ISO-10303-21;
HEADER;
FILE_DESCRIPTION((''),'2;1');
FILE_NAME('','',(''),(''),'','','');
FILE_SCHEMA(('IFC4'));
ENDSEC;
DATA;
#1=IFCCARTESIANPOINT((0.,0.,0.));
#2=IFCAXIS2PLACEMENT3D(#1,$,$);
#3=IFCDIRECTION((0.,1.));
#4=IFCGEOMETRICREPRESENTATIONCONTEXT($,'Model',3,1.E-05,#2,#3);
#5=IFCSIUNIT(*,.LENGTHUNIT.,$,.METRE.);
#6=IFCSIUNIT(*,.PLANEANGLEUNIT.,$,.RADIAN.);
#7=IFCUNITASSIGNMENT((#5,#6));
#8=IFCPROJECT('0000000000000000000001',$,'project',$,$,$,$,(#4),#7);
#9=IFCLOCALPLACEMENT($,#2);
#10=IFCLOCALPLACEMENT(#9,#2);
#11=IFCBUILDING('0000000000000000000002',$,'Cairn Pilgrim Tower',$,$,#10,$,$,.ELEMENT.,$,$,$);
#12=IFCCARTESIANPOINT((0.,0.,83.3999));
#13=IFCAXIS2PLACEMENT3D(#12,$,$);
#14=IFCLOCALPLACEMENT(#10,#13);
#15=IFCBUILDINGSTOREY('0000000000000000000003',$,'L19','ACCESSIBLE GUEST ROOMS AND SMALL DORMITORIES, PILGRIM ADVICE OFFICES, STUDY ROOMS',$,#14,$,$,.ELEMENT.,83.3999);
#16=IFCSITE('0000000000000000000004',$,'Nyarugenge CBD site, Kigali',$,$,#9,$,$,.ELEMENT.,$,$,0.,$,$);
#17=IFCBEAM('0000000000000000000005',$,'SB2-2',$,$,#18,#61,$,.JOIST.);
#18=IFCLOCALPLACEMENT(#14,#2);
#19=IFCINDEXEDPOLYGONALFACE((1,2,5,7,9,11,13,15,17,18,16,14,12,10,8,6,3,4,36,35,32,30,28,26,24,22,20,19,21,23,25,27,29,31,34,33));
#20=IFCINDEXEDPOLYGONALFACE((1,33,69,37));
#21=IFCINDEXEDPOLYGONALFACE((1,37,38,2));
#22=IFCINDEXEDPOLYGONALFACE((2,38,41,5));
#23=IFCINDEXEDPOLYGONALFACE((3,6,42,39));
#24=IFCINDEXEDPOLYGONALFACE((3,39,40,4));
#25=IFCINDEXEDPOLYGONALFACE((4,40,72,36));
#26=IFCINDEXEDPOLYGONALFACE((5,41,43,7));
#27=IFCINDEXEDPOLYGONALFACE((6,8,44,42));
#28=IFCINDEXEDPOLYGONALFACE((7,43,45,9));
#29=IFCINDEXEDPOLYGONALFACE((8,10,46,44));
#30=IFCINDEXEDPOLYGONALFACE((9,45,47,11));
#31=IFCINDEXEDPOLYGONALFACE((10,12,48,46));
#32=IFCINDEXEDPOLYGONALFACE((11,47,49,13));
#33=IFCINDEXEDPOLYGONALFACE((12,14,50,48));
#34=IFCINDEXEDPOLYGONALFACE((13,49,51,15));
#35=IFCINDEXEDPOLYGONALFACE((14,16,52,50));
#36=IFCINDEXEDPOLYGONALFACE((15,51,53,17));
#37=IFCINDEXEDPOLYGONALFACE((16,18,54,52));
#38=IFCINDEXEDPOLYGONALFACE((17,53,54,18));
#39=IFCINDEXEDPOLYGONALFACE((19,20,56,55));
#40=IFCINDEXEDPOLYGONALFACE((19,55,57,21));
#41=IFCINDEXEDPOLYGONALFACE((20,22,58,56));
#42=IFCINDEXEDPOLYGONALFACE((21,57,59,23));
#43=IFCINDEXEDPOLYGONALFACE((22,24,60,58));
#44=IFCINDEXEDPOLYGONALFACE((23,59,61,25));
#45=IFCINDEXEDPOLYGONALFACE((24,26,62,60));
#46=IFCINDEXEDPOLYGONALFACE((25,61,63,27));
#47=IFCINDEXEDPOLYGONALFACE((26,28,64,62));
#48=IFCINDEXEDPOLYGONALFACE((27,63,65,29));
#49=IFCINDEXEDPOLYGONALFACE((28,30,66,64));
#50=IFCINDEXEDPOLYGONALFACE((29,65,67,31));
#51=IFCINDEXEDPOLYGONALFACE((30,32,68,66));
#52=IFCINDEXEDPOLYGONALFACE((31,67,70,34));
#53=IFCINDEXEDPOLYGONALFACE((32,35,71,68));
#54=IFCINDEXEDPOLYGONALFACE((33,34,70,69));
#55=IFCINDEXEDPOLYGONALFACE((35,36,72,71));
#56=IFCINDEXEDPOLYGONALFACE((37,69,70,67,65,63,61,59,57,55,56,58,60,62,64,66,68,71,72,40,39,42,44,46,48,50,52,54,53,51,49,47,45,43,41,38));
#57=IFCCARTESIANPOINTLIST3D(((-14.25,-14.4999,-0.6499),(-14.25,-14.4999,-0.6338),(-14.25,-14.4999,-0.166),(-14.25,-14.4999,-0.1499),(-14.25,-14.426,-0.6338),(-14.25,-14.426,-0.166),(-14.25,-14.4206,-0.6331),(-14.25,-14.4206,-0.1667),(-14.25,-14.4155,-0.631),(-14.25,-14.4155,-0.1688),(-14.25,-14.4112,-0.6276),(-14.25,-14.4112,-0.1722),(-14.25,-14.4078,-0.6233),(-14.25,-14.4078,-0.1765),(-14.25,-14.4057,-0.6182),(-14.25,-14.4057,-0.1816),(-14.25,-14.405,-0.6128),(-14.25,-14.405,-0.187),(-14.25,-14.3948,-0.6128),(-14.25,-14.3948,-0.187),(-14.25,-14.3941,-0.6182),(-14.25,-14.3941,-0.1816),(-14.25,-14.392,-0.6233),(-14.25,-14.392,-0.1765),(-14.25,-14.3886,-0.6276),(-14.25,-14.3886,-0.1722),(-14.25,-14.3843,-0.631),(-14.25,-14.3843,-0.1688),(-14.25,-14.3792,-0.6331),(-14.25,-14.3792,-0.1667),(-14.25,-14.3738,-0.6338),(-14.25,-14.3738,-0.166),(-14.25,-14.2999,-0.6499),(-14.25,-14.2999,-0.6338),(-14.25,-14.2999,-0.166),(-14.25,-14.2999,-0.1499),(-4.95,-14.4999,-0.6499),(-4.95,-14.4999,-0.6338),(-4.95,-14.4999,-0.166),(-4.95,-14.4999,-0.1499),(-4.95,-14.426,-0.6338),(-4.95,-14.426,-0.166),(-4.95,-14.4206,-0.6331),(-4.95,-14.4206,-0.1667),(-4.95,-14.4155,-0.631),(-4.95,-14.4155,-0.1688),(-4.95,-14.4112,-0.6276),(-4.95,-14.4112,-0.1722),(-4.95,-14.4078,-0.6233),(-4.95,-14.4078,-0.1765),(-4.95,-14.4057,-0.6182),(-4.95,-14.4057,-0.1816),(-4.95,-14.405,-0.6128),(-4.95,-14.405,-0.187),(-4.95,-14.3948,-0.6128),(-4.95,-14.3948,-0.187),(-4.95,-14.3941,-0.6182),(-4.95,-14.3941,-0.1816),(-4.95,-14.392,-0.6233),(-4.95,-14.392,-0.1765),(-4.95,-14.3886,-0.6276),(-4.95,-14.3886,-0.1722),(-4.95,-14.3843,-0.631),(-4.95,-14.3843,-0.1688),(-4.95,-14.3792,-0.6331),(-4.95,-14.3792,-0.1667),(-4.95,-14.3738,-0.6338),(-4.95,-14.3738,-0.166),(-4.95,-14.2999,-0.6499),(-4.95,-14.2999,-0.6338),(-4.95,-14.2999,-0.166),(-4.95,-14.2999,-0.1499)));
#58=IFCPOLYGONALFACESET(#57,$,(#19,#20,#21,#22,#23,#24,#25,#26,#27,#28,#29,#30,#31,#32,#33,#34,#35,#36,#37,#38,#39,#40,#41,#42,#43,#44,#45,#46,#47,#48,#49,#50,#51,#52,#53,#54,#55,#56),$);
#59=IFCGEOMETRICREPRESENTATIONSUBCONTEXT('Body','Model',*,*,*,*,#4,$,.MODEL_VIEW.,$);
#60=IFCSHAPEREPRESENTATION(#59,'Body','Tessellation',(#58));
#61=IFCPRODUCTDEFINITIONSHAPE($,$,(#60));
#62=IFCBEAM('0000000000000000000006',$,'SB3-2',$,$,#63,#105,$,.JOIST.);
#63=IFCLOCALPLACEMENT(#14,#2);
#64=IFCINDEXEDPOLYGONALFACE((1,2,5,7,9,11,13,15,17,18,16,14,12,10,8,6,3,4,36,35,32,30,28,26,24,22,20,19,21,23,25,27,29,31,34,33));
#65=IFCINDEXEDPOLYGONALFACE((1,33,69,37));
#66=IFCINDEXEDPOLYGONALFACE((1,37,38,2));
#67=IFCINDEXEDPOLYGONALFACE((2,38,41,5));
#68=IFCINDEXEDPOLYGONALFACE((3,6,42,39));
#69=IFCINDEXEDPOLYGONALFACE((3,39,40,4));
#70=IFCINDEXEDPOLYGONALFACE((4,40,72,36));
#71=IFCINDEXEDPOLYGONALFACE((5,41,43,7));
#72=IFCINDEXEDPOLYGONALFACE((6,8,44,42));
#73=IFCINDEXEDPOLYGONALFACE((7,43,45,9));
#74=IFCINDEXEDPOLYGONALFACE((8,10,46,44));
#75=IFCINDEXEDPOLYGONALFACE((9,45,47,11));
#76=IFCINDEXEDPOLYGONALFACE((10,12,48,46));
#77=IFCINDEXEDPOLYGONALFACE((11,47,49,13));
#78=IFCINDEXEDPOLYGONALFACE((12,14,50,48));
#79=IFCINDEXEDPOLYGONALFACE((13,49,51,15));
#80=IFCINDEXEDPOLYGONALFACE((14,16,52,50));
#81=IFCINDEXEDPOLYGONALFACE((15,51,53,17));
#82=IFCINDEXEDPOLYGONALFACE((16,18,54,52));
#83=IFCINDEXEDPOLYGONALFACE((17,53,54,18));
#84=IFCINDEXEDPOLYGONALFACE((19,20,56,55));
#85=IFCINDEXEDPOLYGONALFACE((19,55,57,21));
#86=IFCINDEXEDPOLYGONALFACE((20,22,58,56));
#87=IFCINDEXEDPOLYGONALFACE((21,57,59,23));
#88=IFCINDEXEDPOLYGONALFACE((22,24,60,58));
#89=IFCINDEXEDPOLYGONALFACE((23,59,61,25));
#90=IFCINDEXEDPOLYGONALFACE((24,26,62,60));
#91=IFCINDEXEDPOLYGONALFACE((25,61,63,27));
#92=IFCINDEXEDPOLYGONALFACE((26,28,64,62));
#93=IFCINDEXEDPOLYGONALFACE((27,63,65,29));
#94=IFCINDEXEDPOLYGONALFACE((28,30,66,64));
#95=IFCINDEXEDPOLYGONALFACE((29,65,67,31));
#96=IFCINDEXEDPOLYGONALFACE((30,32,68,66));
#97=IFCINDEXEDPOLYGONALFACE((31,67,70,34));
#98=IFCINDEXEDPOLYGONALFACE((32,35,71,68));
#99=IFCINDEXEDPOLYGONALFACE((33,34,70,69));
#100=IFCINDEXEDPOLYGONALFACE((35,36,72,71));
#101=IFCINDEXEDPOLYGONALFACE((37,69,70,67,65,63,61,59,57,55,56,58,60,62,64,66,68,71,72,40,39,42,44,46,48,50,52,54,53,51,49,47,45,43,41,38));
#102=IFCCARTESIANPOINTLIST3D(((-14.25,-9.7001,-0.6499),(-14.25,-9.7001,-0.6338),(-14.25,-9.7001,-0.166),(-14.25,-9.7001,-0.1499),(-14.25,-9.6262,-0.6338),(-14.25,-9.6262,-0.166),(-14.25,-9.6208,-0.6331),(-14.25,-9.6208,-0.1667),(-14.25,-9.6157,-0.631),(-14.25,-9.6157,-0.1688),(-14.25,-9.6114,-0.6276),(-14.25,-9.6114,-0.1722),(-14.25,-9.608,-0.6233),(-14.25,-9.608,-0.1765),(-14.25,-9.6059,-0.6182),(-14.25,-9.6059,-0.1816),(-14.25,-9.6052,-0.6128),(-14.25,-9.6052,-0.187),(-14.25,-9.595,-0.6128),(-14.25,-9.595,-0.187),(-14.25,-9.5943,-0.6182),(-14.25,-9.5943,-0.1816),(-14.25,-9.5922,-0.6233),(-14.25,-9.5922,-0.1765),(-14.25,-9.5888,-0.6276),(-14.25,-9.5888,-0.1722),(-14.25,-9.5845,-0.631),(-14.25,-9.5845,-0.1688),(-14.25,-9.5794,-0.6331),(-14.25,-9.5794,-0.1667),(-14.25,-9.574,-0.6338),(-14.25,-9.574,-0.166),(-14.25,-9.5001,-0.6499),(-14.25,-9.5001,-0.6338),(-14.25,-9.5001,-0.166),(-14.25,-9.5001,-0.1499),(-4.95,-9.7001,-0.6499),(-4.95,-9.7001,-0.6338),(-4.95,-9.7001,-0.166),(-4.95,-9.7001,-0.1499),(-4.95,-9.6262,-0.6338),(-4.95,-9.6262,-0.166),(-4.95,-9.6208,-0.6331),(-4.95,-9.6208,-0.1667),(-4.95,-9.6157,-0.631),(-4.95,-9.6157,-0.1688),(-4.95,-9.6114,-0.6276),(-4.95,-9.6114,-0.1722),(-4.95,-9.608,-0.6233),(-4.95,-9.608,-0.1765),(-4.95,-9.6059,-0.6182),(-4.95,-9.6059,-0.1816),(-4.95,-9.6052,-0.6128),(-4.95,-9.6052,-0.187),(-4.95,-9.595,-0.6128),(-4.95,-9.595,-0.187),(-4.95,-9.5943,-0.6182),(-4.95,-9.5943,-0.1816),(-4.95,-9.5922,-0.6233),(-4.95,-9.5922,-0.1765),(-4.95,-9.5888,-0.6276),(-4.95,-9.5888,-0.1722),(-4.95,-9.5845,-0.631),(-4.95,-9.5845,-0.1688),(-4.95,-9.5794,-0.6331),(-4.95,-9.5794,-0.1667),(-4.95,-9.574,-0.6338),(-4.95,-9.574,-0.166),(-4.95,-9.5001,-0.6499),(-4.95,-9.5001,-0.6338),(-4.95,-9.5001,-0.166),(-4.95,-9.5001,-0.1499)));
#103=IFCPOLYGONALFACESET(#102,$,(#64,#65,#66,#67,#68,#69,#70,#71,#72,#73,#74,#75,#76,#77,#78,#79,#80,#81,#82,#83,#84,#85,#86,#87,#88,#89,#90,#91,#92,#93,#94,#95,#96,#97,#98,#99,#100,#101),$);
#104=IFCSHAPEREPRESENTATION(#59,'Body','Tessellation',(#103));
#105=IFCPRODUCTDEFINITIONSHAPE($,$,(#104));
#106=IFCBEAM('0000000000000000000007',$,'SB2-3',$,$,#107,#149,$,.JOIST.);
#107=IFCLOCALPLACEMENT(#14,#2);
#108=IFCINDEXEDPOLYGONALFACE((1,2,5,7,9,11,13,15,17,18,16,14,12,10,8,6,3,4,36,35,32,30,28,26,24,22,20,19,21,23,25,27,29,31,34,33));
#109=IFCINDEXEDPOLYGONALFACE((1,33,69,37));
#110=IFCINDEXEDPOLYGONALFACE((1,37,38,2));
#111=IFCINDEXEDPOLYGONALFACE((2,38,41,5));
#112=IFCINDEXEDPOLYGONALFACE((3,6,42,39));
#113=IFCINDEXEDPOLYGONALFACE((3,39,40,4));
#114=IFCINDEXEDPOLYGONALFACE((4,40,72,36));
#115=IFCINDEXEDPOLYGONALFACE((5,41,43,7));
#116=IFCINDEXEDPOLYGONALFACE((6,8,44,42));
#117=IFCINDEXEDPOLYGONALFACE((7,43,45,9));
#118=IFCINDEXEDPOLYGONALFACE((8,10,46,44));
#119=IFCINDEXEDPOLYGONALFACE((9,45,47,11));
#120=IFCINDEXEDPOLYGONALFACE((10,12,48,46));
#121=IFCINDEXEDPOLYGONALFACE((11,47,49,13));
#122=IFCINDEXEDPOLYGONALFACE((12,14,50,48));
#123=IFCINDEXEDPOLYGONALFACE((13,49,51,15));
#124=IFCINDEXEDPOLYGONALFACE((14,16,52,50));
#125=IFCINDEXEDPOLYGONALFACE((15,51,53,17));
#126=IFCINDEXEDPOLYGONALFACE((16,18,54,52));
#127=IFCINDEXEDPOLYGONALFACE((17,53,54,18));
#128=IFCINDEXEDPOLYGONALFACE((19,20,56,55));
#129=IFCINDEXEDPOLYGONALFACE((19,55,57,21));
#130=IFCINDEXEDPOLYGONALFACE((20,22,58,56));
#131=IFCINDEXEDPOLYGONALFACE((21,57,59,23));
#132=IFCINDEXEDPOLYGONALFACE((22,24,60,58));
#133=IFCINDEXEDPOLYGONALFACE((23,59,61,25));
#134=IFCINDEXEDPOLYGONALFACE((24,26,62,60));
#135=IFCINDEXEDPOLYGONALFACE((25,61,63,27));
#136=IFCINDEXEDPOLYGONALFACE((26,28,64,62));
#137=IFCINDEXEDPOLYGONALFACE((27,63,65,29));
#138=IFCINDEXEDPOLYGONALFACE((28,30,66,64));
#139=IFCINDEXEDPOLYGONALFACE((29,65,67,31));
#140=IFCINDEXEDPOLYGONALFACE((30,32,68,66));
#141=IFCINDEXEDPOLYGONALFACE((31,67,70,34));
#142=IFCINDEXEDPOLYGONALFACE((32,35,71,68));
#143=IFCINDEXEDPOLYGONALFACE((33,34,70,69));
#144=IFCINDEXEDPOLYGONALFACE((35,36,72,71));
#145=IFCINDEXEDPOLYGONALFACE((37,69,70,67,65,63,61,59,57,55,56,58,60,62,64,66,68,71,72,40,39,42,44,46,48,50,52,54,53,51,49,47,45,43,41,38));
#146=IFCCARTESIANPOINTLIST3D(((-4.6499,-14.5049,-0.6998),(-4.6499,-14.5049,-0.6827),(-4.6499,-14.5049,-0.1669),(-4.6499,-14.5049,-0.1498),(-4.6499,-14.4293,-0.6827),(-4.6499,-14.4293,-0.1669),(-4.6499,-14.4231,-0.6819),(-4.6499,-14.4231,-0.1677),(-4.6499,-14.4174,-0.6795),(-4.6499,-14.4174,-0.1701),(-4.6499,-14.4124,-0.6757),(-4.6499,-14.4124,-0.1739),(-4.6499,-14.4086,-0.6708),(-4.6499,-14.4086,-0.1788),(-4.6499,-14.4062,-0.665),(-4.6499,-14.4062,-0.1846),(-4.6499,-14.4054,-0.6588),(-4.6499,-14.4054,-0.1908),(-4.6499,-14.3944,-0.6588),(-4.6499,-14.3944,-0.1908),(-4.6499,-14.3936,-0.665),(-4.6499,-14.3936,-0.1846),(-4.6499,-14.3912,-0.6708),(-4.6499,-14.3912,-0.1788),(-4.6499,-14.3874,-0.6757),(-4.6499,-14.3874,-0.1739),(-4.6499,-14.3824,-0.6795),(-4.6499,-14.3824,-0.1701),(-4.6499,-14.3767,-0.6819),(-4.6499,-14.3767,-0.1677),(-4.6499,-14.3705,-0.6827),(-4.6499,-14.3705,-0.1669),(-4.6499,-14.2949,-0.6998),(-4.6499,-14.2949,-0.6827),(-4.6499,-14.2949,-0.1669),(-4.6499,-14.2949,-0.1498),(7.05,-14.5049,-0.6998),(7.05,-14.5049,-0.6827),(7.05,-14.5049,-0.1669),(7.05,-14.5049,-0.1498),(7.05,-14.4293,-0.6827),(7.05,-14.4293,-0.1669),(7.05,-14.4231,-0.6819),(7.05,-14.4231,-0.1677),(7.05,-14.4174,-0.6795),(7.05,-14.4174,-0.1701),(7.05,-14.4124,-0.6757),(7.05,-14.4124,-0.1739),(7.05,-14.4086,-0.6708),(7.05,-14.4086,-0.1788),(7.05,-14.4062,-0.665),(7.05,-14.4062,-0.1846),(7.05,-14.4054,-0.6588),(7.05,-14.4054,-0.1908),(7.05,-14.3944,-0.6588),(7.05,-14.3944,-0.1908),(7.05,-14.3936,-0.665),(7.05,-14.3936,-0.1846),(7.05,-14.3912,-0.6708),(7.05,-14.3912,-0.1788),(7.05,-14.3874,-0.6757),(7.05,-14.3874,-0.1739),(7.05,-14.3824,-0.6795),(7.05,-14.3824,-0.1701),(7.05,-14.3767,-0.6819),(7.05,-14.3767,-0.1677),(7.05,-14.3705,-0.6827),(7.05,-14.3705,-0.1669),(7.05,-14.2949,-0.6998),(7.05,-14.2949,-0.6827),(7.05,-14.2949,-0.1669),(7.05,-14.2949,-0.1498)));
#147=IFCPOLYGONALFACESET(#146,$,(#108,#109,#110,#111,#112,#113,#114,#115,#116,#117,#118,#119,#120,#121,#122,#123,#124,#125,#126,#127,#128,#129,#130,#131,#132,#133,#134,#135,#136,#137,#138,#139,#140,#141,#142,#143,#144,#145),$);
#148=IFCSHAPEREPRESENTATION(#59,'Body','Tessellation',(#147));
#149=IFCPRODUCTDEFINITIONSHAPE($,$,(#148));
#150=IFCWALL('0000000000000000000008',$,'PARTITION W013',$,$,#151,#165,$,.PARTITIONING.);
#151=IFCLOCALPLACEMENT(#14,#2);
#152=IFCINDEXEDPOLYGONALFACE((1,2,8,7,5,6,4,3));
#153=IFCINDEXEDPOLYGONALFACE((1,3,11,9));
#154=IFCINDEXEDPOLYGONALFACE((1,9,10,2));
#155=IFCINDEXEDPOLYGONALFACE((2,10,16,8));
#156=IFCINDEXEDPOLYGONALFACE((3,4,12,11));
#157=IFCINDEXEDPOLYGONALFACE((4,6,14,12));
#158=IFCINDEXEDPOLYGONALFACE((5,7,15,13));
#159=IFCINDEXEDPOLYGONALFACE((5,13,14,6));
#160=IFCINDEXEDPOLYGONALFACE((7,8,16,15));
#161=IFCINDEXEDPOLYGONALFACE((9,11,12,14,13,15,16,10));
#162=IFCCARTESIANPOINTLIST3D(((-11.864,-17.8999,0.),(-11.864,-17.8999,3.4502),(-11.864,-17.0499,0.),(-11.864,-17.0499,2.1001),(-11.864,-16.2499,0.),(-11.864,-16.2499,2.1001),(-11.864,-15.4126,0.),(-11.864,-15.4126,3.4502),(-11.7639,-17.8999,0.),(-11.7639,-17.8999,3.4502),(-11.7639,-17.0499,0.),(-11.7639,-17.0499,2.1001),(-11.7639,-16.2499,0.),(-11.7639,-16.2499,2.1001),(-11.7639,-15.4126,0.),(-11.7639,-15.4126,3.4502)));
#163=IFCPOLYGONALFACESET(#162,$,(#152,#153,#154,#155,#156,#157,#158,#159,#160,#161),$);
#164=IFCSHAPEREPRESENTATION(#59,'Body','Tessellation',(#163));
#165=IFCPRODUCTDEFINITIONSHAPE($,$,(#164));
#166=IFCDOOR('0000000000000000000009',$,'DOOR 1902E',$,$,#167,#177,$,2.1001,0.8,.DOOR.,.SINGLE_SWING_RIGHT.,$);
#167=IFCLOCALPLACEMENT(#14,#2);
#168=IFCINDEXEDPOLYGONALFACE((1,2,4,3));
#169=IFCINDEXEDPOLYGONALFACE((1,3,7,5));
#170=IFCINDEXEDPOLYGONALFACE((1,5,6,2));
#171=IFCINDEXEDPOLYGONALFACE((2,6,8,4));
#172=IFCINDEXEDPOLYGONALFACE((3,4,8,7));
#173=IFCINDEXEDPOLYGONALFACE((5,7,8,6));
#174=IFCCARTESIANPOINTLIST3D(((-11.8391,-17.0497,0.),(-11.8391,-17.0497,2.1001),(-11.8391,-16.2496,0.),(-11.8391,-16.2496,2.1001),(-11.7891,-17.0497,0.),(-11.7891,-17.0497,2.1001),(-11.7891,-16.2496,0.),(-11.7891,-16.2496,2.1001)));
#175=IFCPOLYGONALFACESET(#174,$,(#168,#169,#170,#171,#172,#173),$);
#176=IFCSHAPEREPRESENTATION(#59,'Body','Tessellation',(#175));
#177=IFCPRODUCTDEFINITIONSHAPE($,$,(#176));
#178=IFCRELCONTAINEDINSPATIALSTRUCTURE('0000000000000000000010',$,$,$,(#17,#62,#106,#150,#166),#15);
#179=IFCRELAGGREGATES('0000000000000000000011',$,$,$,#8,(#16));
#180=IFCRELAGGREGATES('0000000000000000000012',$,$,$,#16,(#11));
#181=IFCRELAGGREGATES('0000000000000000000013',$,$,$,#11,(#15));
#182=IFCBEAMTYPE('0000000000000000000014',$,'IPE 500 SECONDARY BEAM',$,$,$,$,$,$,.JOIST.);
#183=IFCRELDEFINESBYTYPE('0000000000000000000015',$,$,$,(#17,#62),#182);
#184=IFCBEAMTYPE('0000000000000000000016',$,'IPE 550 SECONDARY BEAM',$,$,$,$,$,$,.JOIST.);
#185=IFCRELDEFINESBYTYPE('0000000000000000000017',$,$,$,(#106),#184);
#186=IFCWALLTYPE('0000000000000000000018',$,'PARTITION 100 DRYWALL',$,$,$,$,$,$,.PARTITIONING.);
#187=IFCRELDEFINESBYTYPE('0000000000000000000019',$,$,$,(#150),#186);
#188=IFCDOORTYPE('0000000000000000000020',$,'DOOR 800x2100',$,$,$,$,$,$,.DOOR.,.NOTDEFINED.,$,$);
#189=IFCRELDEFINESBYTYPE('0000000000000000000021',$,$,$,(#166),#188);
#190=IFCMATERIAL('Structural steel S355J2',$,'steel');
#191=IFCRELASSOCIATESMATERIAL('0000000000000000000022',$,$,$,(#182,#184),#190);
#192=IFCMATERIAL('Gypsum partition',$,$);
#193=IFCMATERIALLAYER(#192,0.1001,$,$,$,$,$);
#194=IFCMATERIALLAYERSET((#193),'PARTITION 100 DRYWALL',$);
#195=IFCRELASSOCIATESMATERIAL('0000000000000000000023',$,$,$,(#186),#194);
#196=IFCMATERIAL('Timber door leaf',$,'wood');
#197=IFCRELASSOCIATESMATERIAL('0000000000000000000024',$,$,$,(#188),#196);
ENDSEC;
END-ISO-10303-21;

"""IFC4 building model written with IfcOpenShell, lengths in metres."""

from ifc_helpers import new_model, si_unit, direction, frame, frame_2d, origin, origin_2d, place, context, subcontext, project, spatial, rectangle, i_section, extrude, material, layer, layer_set, material_profile, profile_set, type_object, element, fill, save


model = new_model("IFC4")

# Units and contexts
model_context = context("Model", 3, precision=1e-05, world=origin(), true_north=direction((0.0, 1.0)))
body_context = subcontext(model_context, "Body", "Model", "MODEL_VIEW")
ifc_project = project(units=[si_unit("LENGTHUNIT", "METRE"), si_unit("PLANEANGLEUNIT", "RADIAN")], contexts=[model_context])

# Site, building, storey
site_placement = place(None, origin())
site = spatial("IfcSite", under=ifc_project, at=site_placement, Name="Nyarugenge CBD site, Kigali", CompositionType="ELEMENT", RefElevation=0.0)
building_placement = place(site_placement, origin())
building = spatial("IfcBuilding", under=site, at=building_placement, Name="Cairn Pilgrim Tower", CompositionType="ELEMENT")
storey_placement = place(building_placement, frame((0.0, 0.0, 83.3999)))
storey = spatial("IfcBuildingStorey", under=building, at=storey_placement, Name="L19", Description="ACCESSIBLE GUEST ROOMS AND SMALL DORMITORIES, PILGRIM ADVICE OFFICES, STUDY ROOMS", CompositionType="ELEMENT", Elevation=83.3999)

# Beams
ifc_material_1 = material(Name="Structural steel S355J2", Category="steel")
ifc_material_profile_1 = material_profile(ifc_material_1, i_section(OverallWidth=0.2, OverallDepth=0.5, WebThickness=0.0103, FlangeThickness=0.0161, FilletRadius=0.021, at=origin_2d()), Name="IPE 500")
ifc_profile_set_1 = profile_set([ifc_material_profile_1], Name="Structural steel S355J2")
beam_type_1 = type_object("IfcBeamType", Name="IPE 500 SECONDARY BEAM", PredefinedType="JOIST", material=ifc_profile_set_1)
for number, where, z_axis, x_axis, name in (
    (1, (-14.25, -14.3999, -0.3999), (1.0, 0.0, 0.0), (0.0, 1.0, 0.0), "SB2-2"),
    (2, (-14.25, -9.6001, -0.3999), (1.0, 0.0, 0.0), (0.0, 1.0, 0.0), "SB3-2"),
):
    element("IfcBeam", number, at=place(storey_placement, frame(where, z_axis=z_axis, x_axis=x_axis)), inside=storey, type_object=beam_type_1, Name=name, PredefinedType="JOIST", context=body_context, shape_type="SweptSolid", body=[
        extrude(i_section(OverallWidth=0.2, OverallDepth=0.5, WebThickness=0.0103, FlangeThickness=0.0161, FilletRadius=0.021, at=origin_2d()), origin(), (0.0, 0.0, 1.0), 9.3),
    ])
ifc_material_profile_2 = material_profile(ifc_material_1, i_section(OverallWidth=0.21, OverallDepth=0.55, WebThickness=0.011, FlangeThickness=0.0171, FilletRadius=0.0239, at=origin_2d()), Name="IPE 550")
ifc_profile_set_2 = profile_set([ifc_material_profile_2], Name="Structural steel S355J2")
beam_type_2 = type_object("IfcBeamType", Name="IPE 550 SECONDARY BEAM", PredefinedType="JOIST", material=ifc_profile_set_2)
beam_1_placement = place(storey_placement, frame((-4.6499, -14.3999, -0.4248), z_axis=(1.0, 0.0, 0.0), x_axis=(0.0, 1.0, 0.0)))
element("IfcBeam", 3, at=beam_1_placement, inside=storey, type_object=beam_type_2, Name="SB2-3", PredefinedType="JOIST", context=body_context, shape_type="SweptSolid", body=[
    extrude(i_section(OverallWidth=0.21, OverallDepth=0.55, WebThickness=0.011, FlangeThickness=0.0171, FilletRadius=0.0239, at=origin_2d()), origin(), (0.0, 0.0, 1.0), 11.7),
])

# Wall, opening, door
ifc_material_2 = material(Name="Gypsum partition")
ifc_layer_1 = layer(ifc_material_2, 0.1001)
ifc_layer_set_1 = layer_set([ifc_layer_1], Name="PARTITION 100 DRYWALL")
wall_type_1 = type_object("IfcWallType", Name="PARTITION 100 DRYWALL", PredefinedType="PARTITIONING", material=ifc_layer_set_1)
wall_1_placement = place(storey_placement, frame((-11.814, -17.8999, 0.0), z_axis=(0.0, 0.0, 1.0), x_axis=(0.0, 1.0, 0.0)))
wall_1 = element("IfcWall", 4, at=wall_1_placement, inside=storey, type_object=wall_type_1, Name="PARTITION W013", PredefinedType="PARTITIONING", context=body_context, shape_type="SweptSolid", body=[
    extrude(rectangle(XDim=2.4873, YDim=0.1001, at=frame_2d((1.2437, 0.0))), origin(), (0.0, 0.0, 1.0), 3.4502),
])
opening_1_placement = place(wall_1_placement, frame((0.8501, 0.0, 0.0)))
opening_1 = element("IfcOpeningElement", 5, at=opening_1_placement, cuts=wall_1, PredefinedType="OPENING", context=body_context, shape_type="SweptSolid", body=[
    extrude(rectangle(XDim=0.8, YDim=2.1001, at=frame_2d((0.3999, 1.05))), frame((0.0, 0.0601, 0.0), z_axis=(0.0, -1.0, 0.0), x_axis=(1.0, 0.0, 0.0)), (0.0, 0.0, 1.0), 0.1201),
])
ifc_material_3 = material(Name="Timber door leaf", Category="wood")
door_type = type_object("IfcDoorType", Name="DOOR 800x2100", OperationType="NOTDEFINED", PredefinedType="DOOR", material=ifc_material_3)
door_1_placement = place(opening_1_placement, frame((0.8, 0.0, 0.0), z_axis=(0.0, 0.0, 1.0), x_axis=(-1.0, 0.0, 0.0)))
door_1 = element("IfcDoor", 6, at=door_1_placement, inside=storey, type_object=door_type, Name="DOOR 1902E", OperationType="SINGLE_SWING_RIGHT", OverallHeight=2.1001, OverallWidth=0.8, PredefinedType="DOOR", context=body_context, shape_type="SweptSolid", body=[
    extrude(rectangle(XDim=0.8, YDim=2.1001, at=frame_2d((0.3999, 1.05))), frame((0.0, 0.0249, 0.0), z_axis=(0.0, -1.0, 0.0), x_axis=(1.0, 0.0, 0.0)), (0.0, 0.0, 1.0), 0.05),
])
fill(opening_1, door_1)

save(model, "model.ifc")
